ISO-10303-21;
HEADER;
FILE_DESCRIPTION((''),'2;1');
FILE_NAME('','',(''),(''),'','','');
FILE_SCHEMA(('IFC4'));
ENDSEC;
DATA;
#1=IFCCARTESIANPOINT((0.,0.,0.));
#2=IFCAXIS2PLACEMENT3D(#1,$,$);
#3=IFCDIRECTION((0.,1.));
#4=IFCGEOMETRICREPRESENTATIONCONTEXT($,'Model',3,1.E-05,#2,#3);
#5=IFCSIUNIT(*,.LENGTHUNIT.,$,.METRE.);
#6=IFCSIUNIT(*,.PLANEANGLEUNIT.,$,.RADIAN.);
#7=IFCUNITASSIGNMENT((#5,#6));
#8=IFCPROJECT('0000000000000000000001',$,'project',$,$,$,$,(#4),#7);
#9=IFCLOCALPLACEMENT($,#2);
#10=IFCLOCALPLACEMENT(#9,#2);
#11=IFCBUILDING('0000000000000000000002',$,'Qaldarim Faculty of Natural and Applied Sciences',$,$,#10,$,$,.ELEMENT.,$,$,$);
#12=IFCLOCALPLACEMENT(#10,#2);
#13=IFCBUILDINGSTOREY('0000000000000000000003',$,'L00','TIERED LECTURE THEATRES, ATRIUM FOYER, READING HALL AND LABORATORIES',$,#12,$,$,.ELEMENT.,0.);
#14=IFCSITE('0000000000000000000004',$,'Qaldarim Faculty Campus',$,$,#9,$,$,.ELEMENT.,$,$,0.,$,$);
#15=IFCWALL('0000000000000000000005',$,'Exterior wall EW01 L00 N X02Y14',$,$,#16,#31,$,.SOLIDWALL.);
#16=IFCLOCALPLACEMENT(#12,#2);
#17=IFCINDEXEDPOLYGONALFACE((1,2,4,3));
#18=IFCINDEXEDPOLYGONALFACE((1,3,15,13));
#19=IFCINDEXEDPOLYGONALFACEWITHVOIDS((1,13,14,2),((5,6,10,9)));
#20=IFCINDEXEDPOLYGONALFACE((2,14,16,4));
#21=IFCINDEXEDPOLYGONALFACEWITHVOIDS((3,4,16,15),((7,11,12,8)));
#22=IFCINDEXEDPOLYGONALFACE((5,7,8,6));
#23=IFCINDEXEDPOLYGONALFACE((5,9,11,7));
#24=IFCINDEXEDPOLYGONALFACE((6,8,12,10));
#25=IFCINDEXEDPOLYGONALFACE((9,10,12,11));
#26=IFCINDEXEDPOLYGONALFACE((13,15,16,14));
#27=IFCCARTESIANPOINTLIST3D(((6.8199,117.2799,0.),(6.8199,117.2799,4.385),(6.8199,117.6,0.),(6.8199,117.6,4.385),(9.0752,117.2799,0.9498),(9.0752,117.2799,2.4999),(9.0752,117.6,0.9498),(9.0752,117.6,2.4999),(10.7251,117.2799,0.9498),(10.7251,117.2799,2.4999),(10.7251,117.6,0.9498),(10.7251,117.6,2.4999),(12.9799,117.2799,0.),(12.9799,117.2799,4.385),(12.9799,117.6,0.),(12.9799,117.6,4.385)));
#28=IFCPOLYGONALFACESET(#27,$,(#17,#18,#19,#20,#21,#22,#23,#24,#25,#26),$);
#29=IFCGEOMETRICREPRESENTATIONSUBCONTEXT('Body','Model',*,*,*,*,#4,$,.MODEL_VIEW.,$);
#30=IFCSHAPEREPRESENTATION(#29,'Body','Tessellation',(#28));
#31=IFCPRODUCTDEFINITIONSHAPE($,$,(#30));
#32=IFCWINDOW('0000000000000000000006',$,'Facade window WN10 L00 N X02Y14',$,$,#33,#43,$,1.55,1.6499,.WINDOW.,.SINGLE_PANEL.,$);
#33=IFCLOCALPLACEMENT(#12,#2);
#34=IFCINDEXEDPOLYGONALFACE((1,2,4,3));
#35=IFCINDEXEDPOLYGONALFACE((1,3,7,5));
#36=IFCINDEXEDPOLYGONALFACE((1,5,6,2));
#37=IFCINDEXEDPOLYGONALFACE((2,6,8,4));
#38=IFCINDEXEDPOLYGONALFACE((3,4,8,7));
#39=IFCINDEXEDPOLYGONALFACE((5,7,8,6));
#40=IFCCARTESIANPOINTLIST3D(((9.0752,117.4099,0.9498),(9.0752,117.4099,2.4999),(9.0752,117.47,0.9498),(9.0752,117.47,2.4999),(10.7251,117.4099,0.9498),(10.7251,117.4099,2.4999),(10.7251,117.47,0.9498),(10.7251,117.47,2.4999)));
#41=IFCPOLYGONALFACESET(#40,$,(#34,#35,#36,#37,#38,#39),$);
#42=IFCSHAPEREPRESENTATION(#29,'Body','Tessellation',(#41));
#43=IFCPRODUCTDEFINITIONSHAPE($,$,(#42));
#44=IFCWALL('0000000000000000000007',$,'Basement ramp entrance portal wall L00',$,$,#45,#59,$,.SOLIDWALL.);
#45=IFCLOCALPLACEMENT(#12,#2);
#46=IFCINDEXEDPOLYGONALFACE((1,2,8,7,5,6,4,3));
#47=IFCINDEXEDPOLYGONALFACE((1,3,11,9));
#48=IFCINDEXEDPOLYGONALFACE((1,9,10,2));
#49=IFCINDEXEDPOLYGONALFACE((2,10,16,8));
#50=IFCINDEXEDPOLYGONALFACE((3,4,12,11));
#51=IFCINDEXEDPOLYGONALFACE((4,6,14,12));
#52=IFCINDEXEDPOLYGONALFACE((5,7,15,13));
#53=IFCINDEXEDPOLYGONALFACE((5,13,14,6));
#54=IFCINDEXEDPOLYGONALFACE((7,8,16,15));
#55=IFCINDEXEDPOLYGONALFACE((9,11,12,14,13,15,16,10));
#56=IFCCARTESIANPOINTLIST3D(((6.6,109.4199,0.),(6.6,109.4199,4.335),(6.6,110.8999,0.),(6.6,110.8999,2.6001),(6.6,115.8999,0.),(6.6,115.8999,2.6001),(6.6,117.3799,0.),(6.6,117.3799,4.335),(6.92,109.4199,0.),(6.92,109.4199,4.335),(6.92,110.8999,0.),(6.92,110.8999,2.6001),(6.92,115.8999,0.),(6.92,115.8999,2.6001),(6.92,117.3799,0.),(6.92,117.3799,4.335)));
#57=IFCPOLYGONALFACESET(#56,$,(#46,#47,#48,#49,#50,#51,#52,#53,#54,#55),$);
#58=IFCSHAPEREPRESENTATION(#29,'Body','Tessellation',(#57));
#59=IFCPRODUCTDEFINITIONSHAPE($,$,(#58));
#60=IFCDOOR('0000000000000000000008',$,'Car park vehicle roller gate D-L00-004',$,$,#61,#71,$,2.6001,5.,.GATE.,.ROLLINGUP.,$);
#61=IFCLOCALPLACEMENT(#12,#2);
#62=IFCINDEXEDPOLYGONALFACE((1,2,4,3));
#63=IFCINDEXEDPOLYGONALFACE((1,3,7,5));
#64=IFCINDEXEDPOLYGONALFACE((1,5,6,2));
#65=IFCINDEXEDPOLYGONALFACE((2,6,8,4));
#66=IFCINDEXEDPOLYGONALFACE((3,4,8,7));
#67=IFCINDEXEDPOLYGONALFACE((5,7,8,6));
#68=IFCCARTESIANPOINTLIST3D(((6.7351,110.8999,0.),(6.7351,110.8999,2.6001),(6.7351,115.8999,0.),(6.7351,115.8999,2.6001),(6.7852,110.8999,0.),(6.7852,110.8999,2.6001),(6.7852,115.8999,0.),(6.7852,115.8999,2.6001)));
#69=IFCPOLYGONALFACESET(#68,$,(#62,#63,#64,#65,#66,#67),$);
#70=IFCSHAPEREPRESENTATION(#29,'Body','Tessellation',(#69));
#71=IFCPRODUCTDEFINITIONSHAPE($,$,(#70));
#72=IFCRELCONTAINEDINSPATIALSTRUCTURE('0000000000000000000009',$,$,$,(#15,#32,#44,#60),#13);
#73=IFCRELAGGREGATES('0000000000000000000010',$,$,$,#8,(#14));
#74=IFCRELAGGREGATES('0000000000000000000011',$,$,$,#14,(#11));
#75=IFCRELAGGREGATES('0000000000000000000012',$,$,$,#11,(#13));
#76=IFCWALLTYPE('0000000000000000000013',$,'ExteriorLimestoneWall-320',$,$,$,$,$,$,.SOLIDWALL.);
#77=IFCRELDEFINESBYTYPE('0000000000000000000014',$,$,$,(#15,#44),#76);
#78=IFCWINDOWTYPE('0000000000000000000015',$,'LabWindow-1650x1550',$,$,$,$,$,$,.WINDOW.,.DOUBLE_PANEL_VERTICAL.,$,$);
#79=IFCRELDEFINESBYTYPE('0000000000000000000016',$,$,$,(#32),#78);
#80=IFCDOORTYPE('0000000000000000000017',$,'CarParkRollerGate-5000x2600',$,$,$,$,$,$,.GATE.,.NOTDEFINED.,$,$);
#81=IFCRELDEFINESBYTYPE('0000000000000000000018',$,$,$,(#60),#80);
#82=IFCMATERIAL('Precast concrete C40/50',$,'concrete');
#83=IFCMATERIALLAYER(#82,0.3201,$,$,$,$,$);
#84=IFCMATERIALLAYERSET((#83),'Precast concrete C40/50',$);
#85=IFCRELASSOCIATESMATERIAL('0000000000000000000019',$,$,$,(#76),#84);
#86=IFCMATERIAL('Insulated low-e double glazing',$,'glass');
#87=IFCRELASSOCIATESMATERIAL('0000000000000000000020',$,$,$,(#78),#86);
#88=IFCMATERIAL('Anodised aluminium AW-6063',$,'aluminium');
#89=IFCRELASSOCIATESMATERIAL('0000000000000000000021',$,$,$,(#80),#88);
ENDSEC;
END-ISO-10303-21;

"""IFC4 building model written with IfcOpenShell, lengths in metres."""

from ifc_helpers import new_model, si_unit, direction, frame, frame_2d, origin, place, context, subcontext, project, spatial, rectangle, extrude, material, layer, layer_set, type_object, element, fill, save


model = new_model("IFC4")

# Units and contexts
model_context = context("Model", 3, precision=1e-05, world=origin(), true_north=direction((0.0, 1.0)))
body_context = subcontext(model_context, "Body", "Model", "MODEL_VIEW")
ifc_project = project(units=[si_unit("LENGTHUNIT", "METRE"), si_unit("PLANEANGLEUNIT", "RADIAN")], contexts=[model_context])

# Site, building, storey
site_placement = place(None, origin())
site = spatial("IfcSite", under=ifc_project, at=site_placement, Name="Qaldarim Faculty Campus", CompositionType="ELEMENT", RefElevation=0.0)
building_placement = place(site_placement, origin())
building = spatial("IfcBuilding", under=site, at=building_placement, Name="Qaldarim Faculty of Natural and Applied Sciences", CompositionType="ELEMENT")
storey_placement = place(building_placement, origin())
storey = spatial("IfcBuildingStorey", under=building, at=storey_placement, Name="L00", Description="TIERED LECTURE THEATRES, ATRIUM FOYER, READING HALL AND LABORATORIES", CompositionType="ELEMENT", Elevation=0.0)

# Wall, opening, window
ifc_material_1 = material(Name="Precast concrete C40/50", Category="concrete")
ifc_layer_1 = layer(ifc_material_1, 0.3201)
ifc_layer_set_1 = layer_set([ifc_layer_1], Name="Precast concrete C40/50")
wall_type = type_object("IfcWallType", Name="ExteriorLimestoneWall-320", PredefinedType="SOLIDWALL", material=ifc_layer_set_1)
ifc_material_2 = material(Name="Insulated low-e double glazing", Category="glass")
wall_1_placement = place(storey_placement, frame((12.98, 117.4399, 0.0), z_axis=(0.0, 0.0, 1.0), x_axis=(-1.0, 0.0, 0.0)))
wall_1 = element("IfcWall", 1, at=wall_1_placement, inside=storey, type_object=wall_type, Name="Exterior wall EW01 L00 N X02Y14", PredefinedType="SOLIDWALL", context=body_context, shape_type="SweptSolid", body=[
    extrude(rectangle(XDim=6.1599, YDim=0.3201, at=frame_2d((3.0801, 0.0))), origin(), (0.0, 0.0, 1.0), 4.385),
])
opening_1_placement = place(wall_1_placement, frame((2.2549, 0.0, 0.95)))
opening_1 = element("IfcOpeningElement", 2, at=opening_1_placement, cuts=wall_1, PredefinedType="OPENING", context=body_context, shape_type="SweptSolid", body=[
    extrude(rectangle(XDim=1.6499, YDim=1.55, at=frame_2d((0.825, 0.7749))), frame((0.0, 0.1699, 0.0), z_axis=(0.0, -1.0, 0.0), x_axis=(1.0, 0.0, 0.0)), (0.0, 0.0, 1.0), 0.3401),
])
window_type_1 = type_object("IfcWindowType", Name="LabWindow-1650x1550", PartitioningType="DOUBLE_PANEL_VERTICAL", PredefinedType="WINDOW", material=ifc_material_2)
window_1_placement = place(opening_1_placement, origin())
window_1 = element("IfcWindow", 3, at=window_1_placement, inside=storey, type_object=window_type_1, Name="Facade window WN10 L00 N X02Y14", OverallHeight=1.55, OverallWidth=1.6499, PartitioningType="SINGLE_PANEL", PredefinedType="WINDOW", context=body_context, shape_type="SweptSolid", body=[
    extrude(rectangle(XDim=1.6499, YDim=1.55, at=frame_2d((0.825, 0.7749))), frame((0.0, 0.03, 0.0), z_axis=(0.0, -1.0, 0.0), x_axis=(1.0, 0.0, 0.0)), (0.0, 0.0, 1.0), 0.0601),
])
fill(opening_1, window_1)

# Wall, opening, door
wall_2_placement = place(storey_placement, frame((6.76, 117.3799, 0.0), z_axis=(0.0, 0.0, 1.0), x_axis=(0.0, -1.0, 0.0)))
wall_2 = element("IfcWall", 4, at=wall_2_placement, inside=storey, type_object=wall_type, Name="Basement ramp entrance portal wall L00", PredefinedType="SOLIDWALL", context=body_context, shape_type="SweptSolid", body=[
    extrude(rectangle(XDim=7.96, YDim=0.3201, at=frame_2d((3.98, 0.0))), origin(), (0.0, 0.0, 1.0), 4.335),
])
opening_2_placement = place(wall_2_placement, frame((1.48, 0.0, 0.0)))
opening_2 = element("IfcOpeningElement", 5, at=opening_2_placement, cuts=wall_2, PredefinedType="OPENING", context=body_context, shape_type="SweptSolid", body=[
    extrude(rectangle(XDim=5.0, YDim=2.6001, at=frame_2d((2.5, 1.3))), frame((0.0, 0.1699, 0.0), z_axis=(0.0, -1.0, 0.0), x_axis=(1.0, 0.0, 0.0)), (0.0, 0.0, 1.0), 0.3401),
])
ifc_material_3 = material(Name="Anodised aluminium AW-6063", Category="aluminium")
door_type = type_object("IfcDoorType", Name="CarParkRollerGate-5000x2600", OperationType="NOTDEFINED", PredefinedType="GATE", material=ifc_material_3)
door_placement = place(opening_2_placement, frame((5.0, 0.0, 0.0), z_axis=(0.0, 0.0, 1.0), x_axis=(-1.0, 0.0, 0.0)))
door = element("IfcDoor", 6, at=door_placement, inside=storey, type_object=door_type, Name="Car park vehicle roller gate D-L00-004", OperationType="ROLLINGUP", OverallHeight=2.6001, OverallWidth=5.0, PredefinedType="GATE", context=body_context, shape_type="SweptSolid", body=[
    extrude(rectangle(XDim=5.0, YDim=2.6001, at=frame_2d((2.5, 1.3))), frame((0.0, 0.0249, 0.0), z_axis=(0.0, -1.0, 0.0), x_axis=(1.0, 0.0, 0.0)), (0.0, 0.0, 1.0), 0.05),
])
fill(opening_2, door)

save(model, "model.ifc")
